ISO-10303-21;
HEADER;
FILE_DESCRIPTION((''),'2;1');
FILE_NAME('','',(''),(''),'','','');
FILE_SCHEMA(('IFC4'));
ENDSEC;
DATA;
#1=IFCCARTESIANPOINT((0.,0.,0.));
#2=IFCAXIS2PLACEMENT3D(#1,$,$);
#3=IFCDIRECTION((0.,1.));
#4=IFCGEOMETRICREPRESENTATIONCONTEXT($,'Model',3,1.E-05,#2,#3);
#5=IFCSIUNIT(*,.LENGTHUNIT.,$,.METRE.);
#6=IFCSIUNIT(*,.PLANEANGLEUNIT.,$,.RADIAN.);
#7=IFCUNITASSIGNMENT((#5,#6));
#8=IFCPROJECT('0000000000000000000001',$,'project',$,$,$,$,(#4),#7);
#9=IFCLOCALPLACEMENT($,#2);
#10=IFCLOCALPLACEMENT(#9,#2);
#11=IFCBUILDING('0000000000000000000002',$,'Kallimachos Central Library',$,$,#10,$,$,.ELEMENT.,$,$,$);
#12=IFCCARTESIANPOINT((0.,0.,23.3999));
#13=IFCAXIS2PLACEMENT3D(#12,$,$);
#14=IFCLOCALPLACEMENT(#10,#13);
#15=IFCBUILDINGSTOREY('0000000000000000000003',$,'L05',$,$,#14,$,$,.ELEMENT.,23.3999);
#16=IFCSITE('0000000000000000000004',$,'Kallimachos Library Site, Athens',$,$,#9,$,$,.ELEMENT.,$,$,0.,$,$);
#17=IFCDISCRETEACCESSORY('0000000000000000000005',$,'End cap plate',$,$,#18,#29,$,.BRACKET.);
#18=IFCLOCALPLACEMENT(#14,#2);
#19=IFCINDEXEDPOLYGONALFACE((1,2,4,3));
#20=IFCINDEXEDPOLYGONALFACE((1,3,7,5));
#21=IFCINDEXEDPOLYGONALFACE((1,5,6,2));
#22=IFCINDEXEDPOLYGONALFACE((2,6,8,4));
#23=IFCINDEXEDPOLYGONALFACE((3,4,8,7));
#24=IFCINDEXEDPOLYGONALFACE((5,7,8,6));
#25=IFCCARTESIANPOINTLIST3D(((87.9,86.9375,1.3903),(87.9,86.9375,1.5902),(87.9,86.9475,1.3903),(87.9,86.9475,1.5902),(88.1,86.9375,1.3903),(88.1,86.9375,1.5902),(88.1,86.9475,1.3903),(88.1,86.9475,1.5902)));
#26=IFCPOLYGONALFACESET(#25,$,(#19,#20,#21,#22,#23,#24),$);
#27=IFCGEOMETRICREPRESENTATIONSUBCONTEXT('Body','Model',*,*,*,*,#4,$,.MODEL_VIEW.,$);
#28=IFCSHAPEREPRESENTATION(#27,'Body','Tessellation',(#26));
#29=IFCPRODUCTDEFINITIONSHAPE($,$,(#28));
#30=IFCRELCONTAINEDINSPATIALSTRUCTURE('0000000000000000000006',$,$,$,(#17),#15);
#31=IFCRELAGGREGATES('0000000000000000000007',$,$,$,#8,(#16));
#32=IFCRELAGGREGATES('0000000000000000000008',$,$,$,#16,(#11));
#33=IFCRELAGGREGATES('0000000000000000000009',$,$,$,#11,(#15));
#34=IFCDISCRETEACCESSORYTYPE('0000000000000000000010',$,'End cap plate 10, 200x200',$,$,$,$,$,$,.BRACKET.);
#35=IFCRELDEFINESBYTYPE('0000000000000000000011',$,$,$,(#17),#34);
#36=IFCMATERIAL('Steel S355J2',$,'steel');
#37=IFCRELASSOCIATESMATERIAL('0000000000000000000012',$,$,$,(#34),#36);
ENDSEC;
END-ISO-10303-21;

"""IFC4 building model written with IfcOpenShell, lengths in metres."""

from ifc_helpers import new_model, si_unit, direction, frame, origin, origin_2d, place, context, subcontext, project, spatial, rectangle, extrude, material, material_profile, profile_set, type_object, element, save


model = new_model("IFC4")

# Units and contexts
model_context = context("Model", 3, precision=1e-05, world=origin(), true_north=direction((0.0, 1.0)))
body_context = subcontext(model_context, "Body", "Model", "MODEL_VIEW")
ifc_project = project(units=[si_unit("LENGTHUNIT", "METRE"), si_unit("PLANEANGLEUNIT", "RADIAN")], contexts=[model_context])

# Site, building, storey
site_placement = place(None, origin())
site = spatial("IfcSite", under=ifc_project, at=site_placement, Name="Kallimachos Library Site, Athens", CompositionType="ELEMENT", RefElevation=0.0)
building_placement = place(site_placement, origin())
building = spatial("IfcBuilding", under=site, at=building_placement, Name="Kallimachos Central Library", CompositionType="ELEMENT")
storey_placement = place(building_placement, frame((0.0, 0.0, 23.3999)))
storey = spatial("IfcBuildingStorey", under=building, at=storey_placement, Name="L05", CompositionType="ELEMENT", Elevation=23.3999)

# Discrete accessory
ifc_material_1 = material(Name="Steel S355J2", Category="steel")
ifc_material_profile_1 = material_profile(ifc_material_1, rectangle(XDim=0.2, YDim=0.2, at=origin_2d()), Name="End cap plate 10, 200x200")
ifc_profile_set_1 = profile_set([ifc_material_profile_1], Name="Steel S355J2")
discrete_accessory_type_1 = type_object("IfcDiscreteAccessoryType", Name="End cap plate 10, 200x200", PredefinedType="BRACKET", material=ifc_profile_set_1)
discrete_accessory_1_placement = place(storey_placement, frame((88.0, 86.9375, 1.4902), z_axis=(0.0, 1.0, 0.0), x_axis=(-1.0, 0.0, 0.0)))
element("IfcDiscreteAccessory", 1, at=discrete_accessory_1_placement, inside=storey, type_object=discrete_accessory_type_1, Name="End cap plate", PredefinedType="BRACKET", context=body_context, shape_type="SweptSolid", body=[
    extrude(rectangle(XDim=0.2, YDim=0.2, at=origin_2d()), origin(), (0.0, 0.0, 1.0), 0.01),
])

save(model, "model.ifc")
